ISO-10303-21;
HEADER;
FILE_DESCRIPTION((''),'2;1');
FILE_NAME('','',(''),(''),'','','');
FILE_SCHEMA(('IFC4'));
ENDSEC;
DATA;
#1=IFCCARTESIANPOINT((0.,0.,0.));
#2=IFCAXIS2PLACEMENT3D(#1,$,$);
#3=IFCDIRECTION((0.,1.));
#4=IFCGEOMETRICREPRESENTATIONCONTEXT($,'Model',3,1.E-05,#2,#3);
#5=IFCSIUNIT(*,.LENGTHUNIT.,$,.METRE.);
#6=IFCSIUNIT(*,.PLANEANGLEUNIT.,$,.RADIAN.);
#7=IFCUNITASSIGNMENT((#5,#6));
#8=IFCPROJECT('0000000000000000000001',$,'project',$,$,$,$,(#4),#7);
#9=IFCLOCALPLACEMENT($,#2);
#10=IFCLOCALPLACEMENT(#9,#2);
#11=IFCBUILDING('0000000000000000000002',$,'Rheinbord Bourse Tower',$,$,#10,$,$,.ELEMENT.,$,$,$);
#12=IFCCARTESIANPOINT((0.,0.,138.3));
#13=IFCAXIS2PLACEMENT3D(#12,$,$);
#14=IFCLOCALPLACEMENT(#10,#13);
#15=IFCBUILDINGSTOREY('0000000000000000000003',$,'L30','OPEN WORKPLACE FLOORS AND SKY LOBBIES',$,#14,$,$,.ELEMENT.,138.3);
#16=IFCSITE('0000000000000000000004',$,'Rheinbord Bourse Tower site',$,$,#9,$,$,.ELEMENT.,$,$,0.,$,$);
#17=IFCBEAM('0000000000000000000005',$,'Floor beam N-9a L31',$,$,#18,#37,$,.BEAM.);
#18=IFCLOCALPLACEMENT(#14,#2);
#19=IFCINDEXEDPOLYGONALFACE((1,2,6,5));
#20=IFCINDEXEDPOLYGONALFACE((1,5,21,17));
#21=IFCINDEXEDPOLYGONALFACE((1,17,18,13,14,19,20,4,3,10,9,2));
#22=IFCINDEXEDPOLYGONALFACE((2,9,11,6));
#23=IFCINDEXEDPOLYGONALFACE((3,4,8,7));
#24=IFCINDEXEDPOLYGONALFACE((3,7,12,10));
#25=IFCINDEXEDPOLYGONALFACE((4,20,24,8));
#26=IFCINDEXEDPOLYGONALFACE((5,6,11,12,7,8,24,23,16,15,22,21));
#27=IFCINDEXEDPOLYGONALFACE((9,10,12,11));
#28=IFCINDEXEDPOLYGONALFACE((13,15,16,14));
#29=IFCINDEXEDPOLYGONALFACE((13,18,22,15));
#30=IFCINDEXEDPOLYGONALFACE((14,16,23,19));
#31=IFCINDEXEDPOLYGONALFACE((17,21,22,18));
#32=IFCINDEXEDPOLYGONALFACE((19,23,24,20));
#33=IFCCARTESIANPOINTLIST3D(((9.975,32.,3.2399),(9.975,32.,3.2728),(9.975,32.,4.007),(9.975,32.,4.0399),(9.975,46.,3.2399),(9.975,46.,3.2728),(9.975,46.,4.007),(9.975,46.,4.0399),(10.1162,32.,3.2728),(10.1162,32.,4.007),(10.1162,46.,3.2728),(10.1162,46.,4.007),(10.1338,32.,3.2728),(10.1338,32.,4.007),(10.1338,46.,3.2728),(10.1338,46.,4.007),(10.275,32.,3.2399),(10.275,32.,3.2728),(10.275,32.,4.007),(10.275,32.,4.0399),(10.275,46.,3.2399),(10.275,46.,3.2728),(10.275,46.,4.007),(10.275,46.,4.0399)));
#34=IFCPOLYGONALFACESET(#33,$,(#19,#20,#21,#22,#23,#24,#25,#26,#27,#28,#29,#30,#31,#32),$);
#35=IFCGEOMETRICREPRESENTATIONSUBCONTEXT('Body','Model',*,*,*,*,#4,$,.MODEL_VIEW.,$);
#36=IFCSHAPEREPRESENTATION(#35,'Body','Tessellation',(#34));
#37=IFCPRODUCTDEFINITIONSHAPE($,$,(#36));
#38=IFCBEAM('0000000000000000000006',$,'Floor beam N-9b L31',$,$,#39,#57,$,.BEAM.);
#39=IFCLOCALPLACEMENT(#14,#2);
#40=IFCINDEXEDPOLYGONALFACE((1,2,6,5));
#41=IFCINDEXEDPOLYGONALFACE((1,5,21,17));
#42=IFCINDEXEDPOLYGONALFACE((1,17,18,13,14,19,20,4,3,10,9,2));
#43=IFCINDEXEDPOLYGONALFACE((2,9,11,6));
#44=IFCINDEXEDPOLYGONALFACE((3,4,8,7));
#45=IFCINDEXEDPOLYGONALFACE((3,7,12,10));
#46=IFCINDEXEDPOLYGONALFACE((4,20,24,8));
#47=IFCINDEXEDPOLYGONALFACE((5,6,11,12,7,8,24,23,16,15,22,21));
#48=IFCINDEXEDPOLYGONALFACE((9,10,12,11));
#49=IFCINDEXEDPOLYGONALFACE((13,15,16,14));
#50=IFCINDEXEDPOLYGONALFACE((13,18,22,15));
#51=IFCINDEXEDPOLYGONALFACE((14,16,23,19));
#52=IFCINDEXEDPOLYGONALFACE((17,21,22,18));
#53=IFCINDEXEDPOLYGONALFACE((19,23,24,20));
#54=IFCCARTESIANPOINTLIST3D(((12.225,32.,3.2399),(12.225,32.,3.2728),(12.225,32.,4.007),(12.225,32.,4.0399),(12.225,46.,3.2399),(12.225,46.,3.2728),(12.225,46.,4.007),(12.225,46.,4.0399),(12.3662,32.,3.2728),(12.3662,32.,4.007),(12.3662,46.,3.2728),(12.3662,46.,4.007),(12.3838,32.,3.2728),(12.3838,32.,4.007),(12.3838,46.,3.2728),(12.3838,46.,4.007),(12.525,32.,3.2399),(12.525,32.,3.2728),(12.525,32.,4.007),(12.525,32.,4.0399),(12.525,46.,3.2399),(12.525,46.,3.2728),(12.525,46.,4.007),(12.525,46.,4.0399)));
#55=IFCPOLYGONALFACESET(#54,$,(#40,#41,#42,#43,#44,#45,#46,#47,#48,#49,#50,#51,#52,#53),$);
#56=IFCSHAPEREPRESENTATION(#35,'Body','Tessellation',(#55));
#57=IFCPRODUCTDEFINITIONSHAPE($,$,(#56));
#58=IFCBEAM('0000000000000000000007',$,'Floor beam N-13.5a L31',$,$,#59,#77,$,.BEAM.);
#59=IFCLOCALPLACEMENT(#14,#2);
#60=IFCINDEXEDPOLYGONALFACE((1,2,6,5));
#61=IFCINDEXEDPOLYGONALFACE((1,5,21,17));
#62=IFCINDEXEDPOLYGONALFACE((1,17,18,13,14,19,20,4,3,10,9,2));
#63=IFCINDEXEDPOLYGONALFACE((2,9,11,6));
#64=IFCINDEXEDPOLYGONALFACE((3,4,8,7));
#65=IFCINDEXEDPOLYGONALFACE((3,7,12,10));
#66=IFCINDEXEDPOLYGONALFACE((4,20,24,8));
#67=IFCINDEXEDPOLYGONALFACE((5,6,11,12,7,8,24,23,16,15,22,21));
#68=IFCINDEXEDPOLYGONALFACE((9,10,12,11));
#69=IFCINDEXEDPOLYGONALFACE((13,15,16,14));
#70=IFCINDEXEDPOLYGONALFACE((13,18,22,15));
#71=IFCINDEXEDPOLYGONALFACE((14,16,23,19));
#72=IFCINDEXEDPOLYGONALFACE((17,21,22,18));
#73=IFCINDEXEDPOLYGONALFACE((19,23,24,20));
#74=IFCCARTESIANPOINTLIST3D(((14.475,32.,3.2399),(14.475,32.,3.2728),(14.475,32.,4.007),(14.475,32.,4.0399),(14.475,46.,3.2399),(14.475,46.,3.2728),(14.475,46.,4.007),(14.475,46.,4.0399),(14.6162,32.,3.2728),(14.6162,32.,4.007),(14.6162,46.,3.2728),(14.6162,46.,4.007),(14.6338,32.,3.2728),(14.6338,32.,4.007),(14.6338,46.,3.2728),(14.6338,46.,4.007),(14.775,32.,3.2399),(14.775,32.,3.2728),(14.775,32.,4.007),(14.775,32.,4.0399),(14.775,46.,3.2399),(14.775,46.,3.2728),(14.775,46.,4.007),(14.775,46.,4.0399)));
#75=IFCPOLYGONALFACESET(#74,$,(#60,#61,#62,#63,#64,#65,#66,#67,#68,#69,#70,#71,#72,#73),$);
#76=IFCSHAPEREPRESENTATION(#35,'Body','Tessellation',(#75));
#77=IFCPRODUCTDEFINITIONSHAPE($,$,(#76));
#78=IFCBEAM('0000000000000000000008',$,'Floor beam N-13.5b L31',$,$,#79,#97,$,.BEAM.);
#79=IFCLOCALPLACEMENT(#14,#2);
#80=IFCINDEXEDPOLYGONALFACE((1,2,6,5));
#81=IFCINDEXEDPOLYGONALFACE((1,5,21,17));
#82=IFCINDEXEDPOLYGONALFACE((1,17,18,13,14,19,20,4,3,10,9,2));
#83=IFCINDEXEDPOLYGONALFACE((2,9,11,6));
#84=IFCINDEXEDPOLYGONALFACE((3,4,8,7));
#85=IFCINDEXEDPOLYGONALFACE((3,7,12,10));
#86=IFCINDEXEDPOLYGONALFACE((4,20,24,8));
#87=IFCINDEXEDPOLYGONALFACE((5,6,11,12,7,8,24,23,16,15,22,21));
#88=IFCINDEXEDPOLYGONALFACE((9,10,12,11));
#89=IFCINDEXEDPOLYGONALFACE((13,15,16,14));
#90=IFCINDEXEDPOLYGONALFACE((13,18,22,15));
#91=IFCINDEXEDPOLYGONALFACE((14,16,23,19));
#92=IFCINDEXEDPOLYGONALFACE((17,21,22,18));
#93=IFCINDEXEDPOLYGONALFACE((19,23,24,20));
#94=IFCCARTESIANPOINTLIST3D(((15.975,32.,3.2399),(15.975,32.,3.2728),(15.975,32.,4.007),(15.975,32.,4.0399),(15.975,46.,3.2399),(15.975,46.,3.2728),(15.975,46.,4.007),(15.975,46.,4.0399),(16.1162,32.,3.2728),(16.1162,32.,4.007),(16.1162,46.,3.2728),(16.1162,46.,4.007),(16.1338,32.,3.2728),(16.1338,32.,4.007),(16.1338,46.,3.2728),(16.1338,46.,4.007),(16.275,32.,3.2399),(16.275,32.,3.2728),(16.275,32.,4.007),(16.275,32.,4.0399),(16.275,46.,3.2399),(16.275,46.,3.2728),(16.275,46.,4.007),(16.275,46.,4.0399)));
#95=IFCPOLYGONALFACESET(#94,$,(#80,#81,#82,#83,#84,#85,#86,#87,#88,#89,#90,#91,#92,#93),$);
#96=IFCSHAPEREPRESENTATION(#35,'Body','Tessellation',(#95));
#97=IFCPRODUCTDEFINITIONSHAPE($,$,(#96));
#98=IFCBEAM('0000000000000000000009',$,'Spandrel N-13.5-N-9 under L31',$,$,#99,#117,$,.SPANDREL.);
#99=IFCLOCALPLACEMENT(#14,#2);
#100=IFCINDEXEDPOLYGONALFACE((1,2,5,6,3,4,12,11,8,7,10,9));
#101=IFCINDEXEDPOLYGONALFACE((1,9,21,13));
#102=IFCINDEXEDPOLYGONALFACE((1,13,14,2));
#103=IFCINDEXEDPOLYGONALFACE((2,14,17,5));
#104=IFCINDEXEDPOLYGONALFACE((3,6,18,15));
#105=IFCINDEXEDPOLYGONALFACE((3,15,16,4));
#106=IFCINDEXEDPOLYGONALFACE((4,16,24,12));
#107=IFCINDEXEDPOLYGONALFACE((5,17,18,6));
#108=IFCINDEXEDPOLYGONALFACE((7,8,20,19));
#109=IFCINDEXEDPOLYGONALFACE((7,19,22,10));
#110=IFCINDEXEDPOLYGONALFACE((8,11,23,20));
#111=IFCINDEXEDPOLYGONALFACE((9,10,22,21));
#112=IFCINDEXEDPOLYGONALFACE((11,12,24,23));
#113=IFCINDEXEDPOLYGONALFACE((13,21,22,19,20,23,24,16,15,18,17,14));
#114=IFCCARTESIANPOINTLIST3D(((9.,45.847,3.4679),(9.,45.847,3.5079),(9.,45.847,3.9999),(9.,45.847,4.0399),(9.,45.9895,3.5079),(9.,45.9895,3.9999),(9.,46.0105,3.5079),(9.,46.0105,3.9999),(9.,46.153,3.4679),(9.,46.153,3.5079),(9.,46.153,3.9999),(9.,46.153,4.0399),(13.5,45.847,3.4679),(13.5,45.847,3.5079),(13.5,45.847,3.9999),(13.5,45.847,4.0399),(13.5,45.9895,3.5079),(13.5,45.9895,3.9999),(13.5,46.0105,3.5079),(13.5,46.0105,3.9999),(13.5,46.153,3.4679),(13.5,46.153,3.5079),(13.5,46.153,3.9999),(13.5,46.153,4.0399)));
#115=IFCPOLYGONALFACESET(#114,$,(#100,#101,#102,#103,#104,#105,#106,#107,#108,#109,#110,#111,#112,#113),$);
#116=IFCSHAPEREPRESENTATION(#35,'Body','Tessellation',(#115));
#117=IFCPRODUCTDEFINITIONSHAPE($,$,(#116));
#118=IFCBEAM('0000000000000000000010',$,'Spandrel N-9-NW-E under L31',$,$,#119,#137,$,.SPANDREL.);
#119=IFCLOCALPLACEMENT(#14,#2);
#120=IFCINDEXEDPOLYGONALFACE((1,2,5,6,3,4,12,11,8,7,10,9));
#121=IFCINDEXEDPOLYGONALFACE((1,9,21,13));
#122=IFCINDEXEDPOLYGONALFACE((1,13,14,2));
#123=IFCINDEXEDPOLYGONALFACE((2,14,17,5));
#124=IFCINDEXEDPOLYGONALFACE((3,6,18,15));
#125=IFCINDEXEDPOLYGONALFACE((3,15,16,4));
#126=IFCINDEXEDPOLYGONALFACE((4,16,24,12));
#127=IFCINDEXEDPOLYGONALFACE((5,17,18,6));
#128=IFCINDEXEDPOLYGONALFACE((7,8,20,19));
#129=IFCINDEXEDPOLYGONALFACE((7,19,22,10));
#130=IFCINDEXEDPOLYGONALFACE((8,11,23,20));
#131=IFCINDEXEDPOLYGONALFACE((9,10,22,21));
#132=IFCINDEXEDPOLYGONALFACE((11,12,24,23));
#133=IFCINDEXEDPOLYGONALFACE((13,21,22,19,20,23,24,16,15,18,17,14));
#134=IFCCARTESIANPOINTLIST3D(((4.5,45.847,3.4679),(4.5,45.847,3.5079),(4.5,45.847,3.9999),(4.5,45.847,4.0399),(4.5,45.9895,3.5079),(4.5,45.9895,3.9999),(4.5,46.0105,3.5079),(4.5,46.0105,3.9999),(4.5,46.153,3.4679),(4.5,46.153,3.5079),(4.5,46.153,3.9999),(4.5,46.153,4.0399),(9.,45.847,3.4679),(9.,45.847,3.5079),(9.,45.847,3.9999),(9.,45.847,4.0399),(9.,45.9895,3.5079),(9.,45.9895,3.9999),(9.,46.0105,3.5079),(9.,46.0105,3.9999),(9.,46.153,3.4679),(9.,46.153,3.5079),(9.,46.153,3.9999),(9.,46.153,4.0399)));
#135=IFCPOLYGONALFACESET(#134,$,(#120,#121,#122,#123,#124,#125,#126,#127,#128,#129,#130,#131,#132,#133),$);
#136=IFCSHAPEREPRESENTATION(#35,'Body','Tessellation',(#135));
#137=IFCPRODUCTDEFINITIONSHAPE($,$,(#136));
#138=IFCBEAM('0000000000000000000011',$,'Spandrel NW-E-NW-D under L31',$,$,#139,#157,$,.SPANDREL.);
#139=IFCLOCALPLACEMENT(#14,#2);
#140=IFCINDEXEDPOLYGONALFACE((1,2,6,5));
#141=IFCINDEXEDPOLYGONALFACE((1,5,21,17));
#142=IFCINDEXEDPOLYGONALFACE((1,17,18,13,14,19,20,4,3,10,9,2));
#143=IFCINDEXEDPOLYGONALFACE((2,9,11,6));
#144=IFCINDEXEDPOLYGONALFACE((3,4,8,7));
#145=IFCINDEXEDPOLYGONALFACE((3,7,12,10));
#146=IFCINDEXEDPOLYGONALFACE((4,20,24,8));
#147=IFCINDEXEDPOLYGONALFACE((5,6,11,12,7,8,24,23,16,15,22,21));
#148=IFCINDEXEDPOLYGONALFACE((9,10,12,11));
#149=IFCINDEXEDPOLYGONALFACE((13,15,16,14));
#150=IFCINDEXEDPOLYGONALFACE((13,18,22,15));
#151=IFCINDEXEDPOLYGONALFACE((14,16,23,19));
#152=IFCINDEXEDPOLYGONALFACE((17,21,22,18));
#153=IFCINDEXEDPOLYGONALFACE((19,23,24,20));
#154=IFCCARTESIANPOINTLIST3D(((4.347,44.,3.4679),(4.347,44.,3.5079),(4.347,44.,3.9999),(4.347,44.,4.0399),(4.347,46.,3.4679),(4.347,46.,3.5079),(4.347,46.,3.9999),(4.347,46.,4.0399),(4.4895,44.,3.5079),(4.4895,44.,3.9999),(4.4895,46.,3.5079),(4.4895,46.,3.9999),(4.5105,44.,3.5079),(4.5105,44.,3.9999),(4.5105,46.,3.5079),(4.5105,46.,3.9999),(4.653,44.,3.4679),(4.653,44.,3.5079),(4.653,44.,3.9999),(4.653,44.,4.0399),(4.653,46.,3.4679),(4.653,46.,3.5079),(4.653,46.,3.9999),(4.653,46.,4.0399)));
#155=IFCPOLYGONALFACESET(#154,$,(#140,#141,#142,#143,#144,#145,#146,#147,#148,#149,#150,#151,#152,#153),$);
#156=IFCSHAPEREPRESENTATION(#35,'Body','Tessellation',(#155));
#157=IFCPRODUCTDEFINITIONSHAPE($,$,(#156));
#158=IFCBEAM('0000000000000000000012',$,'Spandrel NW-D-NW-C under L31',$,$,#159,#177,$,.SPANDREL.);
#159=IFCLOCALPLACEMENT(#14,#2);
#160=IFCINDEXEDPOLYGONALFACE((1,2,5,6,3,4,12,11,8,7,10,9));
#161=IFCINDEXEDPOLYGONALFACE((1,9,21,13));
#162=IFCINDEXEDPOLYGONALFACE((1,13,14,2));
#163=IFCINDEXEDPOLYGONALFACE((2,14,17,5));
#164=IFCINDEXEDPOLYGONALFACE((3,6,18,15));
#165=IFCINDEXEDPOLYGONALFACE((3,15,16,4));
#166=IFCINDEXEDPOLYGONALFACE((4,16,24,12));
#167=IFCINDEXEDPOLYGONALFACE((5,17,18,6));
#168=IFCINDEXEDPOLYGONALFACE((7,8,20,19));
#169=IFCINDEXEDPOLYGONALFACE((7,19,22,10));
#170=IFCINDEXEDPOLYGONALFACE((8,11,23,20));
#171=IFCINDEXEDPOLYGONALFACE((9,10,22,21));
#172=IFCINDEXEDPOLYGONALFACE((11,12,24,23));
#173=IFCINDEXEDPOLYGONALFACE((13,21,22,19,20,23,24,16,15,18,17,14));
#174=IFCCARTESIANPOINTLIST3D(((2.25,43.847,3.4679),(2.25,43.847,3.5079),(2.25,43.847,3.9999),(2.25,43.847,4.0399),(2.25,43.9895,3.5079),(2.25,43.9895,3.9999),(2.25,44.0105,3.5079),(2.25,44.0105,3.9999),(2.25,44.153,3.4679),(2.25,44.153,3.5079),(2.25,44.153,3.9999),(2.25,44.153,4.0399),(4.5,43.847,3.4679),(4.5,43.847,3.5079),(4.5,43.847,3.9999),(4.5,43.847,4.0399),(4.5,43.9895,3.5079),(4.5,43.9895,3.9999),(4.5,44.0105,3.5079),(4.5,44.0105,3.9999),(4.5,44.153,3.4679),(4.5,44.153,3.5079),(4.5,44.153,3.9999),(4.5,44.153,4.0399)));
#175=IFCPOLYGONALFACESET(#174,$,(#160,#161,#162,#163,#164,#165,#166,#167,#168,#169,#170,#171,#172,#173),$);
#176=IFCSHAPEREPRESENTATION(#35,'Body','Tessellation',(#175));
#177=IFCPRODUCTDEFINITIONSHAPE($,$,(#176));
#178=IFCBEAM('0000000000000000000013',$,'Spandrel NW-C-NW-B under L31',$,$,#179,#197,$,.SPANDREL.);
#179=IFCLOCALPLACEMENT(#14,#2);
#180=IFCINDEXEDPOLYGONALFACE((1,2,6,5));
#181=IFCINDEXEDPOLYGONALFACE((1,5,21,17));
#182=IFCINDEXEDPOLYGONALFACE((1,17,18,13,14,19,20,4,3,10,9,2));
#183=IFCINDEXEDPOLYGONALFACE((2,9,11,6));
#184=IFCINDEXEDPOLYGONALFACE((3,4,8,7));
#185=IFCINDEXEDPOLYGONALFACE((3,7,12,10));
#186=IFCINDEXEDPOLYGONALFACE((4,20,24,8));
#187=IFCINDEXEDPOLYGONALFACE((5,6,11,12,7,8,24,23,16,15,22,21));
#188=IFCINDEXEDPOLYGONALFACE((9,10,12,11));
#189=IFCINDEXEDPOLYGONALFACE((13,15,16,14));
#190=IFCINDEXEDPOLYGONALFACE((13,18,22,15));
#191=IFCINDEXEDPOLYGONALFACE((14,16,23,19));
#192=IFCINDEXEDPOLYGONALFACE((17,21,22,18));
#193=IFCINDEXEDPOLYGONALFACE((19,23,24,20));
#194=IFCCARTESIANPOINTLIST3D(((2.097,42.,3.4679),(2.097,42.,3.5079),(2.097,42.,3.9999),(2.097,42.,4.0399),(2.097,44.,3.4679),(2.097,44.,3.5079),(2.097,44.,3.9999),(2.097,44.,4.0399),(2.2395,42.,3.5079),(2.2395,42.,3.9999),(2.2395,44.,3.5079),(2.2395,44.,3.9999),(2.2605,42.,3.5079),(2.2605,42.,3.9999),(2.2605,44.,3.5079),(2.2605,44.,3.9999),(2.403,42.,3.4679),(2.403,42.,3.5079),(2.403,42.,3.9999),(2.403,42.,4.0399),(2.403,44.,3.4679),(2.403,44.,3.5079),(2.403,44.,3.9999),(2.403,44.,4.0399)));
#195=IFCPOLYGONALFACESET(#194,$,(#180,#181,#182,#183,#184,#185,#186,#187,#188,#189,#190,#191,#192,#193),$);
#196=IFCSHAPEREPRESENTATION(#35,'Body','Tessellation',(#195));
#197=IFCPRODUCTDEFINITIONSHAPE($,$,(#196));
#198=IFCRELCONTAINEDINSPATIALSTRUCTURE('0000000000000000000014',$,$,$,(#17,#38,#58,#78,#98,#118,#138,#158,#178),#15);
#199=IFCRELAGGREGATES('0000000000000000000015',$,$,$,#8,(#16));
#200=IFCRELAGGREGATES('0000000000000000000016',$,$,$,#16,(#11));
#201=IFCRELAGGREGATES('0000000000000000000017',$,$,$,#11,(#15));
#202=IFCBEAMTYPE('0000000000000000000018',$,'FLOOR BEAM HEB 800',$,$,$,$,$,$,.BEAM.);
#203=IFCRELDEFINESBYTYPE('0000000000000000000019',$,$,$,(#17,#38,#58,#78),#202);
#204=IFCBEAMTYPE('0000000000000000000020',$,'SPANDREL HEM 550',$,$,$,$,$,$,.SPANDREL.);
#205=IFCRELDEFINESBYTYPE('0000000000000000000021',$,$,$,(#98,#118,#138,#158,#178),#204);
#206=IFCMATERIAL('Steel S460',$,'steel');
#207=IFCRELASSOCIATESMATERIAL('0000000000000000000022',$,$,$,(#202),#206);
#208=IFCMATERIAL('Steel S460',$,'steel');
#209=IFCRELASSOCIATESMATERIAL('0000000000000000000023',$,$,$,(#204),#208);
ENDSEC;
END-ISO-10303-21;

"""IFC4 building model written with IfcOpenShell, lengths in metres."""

from ifc_helpers import new_model, si_unit, direction, frame, origin, origin_2d, place, context, subcontext, project, spatial, i_section, extrude, material, material_profile, profile_set, type_object, element, save


model = new_model("IFC4")

# Units and contexts
model_context = context("Model", 3, precision=1e-05, world=origin(), true_north=direction((0.0, 1.0)))
body_context = subcontext(model_context, "Body", "Model", "MODEL_VIEW")
ifc_project = project(units=[si_unit("LENGTHUNIT", "METRE"), si_unit("PLANEANGLEUNIT", "RADIAN")], contexts=[model_context])

# Site, building, storey
site_placement = place(None, origin())
site = spatial("IfcSite", under=ifc_project, at=site_placement, Name="Rheinbord Bourse Tower site", CompositionType="ELEMENT", RefElevation=0.0)
building_placement = place(site_placement, origin())
building = spatial("IfcBuilding", under=site, at=building_placement, Name="Rheinbord Bourse Tower", CompositionType="ELEMENT")
storey_placement = place(building_placement, frame((0.0, 0.0, 138.3)))
storey = spatial("IfcBuildingStorey", under=building, at=storey_placement, Name="L30", Description="OPEN WORKPLACE FLOORS AND SKY LOBBIES", CompositionType="ELEMENT", Elevation=138.3)

# Beams
ifc_material_1 = material(Name="Steel S460", Category="steel")
ifc_material_profile_1 = material_profile(ifc_material_1, i_section(OverallWidth=0.3, OverallDepth=0.8, WebThickness=0.0176, FlangeThickness=0.033, at=origin_2d()), Name="HEB 800")
ifc_profile_set_1 = profile_set([ifc_material_profile_1], Name="Steel S460")
beam_type_1 = type_object("IfcBeamType", Name="FLOOR BEAM HEB 800", PredefinedType="BEAM", material=ifc_profile_set_1)
for number, where, z_axis, x_axis, name in (
    (1, (10.125, 46.0, 3.6399), (0.0, -1.0, 0.0), (1.0, 0.0, 0.0), "Floor beam N-9a L31"),
    (2, (12.375, 46.0, 3.6399), (0.0, -1.0, 0.0), (1.0, 0.0, 0.0), "Floor beam N-9b L31"),
    (3, (14.625, 46.0, 3.6399), (0.0, -1.0, 0.0), (1.0, 0.0, 0.0), "Floor beam N-13.5a L31"),
    (4, (16.125, 46.0, 3.6399), (0.0, -1.0, 0.0), (1.0, 0.0, 0.0), "Floor beam N-13.5b L31"),
):
    element("IfcBeam", number, at=place(storey_placement, frame(where, z_axis=z_axis, x_axis=x_axis)), inside=storey, type_object=beam_type_1, Name=name, PredefinedType="BEAM", context=body_context, shape_type="SweptSolid", body=[
        extrude(i_section(OverallWidth=0.3, OverallDepth=0.8, WebThickness=0.0176, FlangeThickness=0.033, at=origin_2d()), origin(), (0.0, 0.0, 1.0), 14.0),
    ])
ifc_material_2 = material(Name="Steel S460", Category="steel")
ifc_material_profile_2 = material_profile(ifc_material_2, i_section(OverallWidth=0.3059, OverallDepth=0.572, WebThickness=0.021, FlangeThickness=0.04, at=origin_2d()), Name="HEM 550")
ifc_profile_set_2 = profile_set([ifc_material_profile_2], Name="Steel S460")
beam_type_2 = type_object("IfcBeamType", Name="SPANDREL HEM 550", PredefinedType="SPANDREL", material=ifc_profile_set_2)
for number, where, z_axis, x_axis, name in (
    (5, (13.5, 46.0, 3.7539), (-1.0, 0.0, 0.0), (0.0, -1.0, 0.0), "Spandrel N-13.5-N-9 under L31"),
    (6, (9.0, 46.0, 3.7539), (-1.0, 0.0, 0.0), (0.0, -1.0, 0.0), "Spandrel N-9-NW-E under L31"),
):
    element("IfcBeam", number, at=place(storey_placement, frame(where, z_axis=z_axis, x_axis=x_axis)), inside=storey, type_object=beam_type_2, Name=name, PredefinedType="SPANDREL", context=body_context, shape_type="SweptSolid", body=[
        extrude(i_section(OverallWidth=0.3059, OverallDepth=0.572, WebThickness=0.021, FlangeThickness=0.04, at=origin_2d()), origin(), (0.0, 0.0, 1.0), 4.5),
    ])
beam_1_placement = place(storey_placement, frame((4.5, 46.0, 3.7539), z_axis=(0.0, -1.0, 0.0), x_axis=(1.0, 0.0, 0.0)))
element("IfcBeam", 7, at=beam_1_placement, inside=storey, type_object=beam_type_2, Name="Spandrel NW-E-NW-D under L31", PredefinedType="SPANDREL", context=body_context, shape_type="SweptSolid", body=[
    extrude(i_section(OverallWidth=0.3059, OverallDepth=0.572, WebThickness=0.021, FlangeThickness=0.04, at=origin_2d()), origin(), (0.0, 0.0, 1.0), 2.0),
])
beam_2_placement = place(storey_placement, frame((4.5, 44.0, 3.7539), z_axis=(-1.0, 0.0, 0.0), x_axis=(0.0, -1.0, 0.0)))
element("IfcBeam", 8, at=beam_2_placement, inside=storey, type_object=beam_type_2, Name="Spandrel NW-D-NW-C under L31", PredefinedType="SPANDREL", context=body_context, shape_type="SweptSolid", body=[
    extrude(i_section(OverallWidth=0.3059, OverallDepth=0.572, WebThickness=0.021, FlangeThickness=0.04, at=origin_2d()), origin(), (0.0, 0.0, 1.0), 2.25),
])
beam_3_placement = place(storey_placement, frame((2.25, 44.0, 3.7539), z_axis=(0.0, -1.0, 0.0), x_axis=(1.0, 0.0, 0.0)))
element("IfcBeam", 9, at=beam_3_placement, inside=storey, type_object=beam_type_2, Name="Spandrel NW-C-NW-B under L31", PredefinedType="SPANDREL", context=body_context, shape_type="SweptSolid", body=[
    extrude(i_section(OverallWidth=0.3059, OverallDepth=0.572, WebThickness=0.021, FlangeThickness=0.04, at=origin_2d()), origin(), (0.0, 0.0, 1.0), 2.0),
])

save(model, "model.ifc")
